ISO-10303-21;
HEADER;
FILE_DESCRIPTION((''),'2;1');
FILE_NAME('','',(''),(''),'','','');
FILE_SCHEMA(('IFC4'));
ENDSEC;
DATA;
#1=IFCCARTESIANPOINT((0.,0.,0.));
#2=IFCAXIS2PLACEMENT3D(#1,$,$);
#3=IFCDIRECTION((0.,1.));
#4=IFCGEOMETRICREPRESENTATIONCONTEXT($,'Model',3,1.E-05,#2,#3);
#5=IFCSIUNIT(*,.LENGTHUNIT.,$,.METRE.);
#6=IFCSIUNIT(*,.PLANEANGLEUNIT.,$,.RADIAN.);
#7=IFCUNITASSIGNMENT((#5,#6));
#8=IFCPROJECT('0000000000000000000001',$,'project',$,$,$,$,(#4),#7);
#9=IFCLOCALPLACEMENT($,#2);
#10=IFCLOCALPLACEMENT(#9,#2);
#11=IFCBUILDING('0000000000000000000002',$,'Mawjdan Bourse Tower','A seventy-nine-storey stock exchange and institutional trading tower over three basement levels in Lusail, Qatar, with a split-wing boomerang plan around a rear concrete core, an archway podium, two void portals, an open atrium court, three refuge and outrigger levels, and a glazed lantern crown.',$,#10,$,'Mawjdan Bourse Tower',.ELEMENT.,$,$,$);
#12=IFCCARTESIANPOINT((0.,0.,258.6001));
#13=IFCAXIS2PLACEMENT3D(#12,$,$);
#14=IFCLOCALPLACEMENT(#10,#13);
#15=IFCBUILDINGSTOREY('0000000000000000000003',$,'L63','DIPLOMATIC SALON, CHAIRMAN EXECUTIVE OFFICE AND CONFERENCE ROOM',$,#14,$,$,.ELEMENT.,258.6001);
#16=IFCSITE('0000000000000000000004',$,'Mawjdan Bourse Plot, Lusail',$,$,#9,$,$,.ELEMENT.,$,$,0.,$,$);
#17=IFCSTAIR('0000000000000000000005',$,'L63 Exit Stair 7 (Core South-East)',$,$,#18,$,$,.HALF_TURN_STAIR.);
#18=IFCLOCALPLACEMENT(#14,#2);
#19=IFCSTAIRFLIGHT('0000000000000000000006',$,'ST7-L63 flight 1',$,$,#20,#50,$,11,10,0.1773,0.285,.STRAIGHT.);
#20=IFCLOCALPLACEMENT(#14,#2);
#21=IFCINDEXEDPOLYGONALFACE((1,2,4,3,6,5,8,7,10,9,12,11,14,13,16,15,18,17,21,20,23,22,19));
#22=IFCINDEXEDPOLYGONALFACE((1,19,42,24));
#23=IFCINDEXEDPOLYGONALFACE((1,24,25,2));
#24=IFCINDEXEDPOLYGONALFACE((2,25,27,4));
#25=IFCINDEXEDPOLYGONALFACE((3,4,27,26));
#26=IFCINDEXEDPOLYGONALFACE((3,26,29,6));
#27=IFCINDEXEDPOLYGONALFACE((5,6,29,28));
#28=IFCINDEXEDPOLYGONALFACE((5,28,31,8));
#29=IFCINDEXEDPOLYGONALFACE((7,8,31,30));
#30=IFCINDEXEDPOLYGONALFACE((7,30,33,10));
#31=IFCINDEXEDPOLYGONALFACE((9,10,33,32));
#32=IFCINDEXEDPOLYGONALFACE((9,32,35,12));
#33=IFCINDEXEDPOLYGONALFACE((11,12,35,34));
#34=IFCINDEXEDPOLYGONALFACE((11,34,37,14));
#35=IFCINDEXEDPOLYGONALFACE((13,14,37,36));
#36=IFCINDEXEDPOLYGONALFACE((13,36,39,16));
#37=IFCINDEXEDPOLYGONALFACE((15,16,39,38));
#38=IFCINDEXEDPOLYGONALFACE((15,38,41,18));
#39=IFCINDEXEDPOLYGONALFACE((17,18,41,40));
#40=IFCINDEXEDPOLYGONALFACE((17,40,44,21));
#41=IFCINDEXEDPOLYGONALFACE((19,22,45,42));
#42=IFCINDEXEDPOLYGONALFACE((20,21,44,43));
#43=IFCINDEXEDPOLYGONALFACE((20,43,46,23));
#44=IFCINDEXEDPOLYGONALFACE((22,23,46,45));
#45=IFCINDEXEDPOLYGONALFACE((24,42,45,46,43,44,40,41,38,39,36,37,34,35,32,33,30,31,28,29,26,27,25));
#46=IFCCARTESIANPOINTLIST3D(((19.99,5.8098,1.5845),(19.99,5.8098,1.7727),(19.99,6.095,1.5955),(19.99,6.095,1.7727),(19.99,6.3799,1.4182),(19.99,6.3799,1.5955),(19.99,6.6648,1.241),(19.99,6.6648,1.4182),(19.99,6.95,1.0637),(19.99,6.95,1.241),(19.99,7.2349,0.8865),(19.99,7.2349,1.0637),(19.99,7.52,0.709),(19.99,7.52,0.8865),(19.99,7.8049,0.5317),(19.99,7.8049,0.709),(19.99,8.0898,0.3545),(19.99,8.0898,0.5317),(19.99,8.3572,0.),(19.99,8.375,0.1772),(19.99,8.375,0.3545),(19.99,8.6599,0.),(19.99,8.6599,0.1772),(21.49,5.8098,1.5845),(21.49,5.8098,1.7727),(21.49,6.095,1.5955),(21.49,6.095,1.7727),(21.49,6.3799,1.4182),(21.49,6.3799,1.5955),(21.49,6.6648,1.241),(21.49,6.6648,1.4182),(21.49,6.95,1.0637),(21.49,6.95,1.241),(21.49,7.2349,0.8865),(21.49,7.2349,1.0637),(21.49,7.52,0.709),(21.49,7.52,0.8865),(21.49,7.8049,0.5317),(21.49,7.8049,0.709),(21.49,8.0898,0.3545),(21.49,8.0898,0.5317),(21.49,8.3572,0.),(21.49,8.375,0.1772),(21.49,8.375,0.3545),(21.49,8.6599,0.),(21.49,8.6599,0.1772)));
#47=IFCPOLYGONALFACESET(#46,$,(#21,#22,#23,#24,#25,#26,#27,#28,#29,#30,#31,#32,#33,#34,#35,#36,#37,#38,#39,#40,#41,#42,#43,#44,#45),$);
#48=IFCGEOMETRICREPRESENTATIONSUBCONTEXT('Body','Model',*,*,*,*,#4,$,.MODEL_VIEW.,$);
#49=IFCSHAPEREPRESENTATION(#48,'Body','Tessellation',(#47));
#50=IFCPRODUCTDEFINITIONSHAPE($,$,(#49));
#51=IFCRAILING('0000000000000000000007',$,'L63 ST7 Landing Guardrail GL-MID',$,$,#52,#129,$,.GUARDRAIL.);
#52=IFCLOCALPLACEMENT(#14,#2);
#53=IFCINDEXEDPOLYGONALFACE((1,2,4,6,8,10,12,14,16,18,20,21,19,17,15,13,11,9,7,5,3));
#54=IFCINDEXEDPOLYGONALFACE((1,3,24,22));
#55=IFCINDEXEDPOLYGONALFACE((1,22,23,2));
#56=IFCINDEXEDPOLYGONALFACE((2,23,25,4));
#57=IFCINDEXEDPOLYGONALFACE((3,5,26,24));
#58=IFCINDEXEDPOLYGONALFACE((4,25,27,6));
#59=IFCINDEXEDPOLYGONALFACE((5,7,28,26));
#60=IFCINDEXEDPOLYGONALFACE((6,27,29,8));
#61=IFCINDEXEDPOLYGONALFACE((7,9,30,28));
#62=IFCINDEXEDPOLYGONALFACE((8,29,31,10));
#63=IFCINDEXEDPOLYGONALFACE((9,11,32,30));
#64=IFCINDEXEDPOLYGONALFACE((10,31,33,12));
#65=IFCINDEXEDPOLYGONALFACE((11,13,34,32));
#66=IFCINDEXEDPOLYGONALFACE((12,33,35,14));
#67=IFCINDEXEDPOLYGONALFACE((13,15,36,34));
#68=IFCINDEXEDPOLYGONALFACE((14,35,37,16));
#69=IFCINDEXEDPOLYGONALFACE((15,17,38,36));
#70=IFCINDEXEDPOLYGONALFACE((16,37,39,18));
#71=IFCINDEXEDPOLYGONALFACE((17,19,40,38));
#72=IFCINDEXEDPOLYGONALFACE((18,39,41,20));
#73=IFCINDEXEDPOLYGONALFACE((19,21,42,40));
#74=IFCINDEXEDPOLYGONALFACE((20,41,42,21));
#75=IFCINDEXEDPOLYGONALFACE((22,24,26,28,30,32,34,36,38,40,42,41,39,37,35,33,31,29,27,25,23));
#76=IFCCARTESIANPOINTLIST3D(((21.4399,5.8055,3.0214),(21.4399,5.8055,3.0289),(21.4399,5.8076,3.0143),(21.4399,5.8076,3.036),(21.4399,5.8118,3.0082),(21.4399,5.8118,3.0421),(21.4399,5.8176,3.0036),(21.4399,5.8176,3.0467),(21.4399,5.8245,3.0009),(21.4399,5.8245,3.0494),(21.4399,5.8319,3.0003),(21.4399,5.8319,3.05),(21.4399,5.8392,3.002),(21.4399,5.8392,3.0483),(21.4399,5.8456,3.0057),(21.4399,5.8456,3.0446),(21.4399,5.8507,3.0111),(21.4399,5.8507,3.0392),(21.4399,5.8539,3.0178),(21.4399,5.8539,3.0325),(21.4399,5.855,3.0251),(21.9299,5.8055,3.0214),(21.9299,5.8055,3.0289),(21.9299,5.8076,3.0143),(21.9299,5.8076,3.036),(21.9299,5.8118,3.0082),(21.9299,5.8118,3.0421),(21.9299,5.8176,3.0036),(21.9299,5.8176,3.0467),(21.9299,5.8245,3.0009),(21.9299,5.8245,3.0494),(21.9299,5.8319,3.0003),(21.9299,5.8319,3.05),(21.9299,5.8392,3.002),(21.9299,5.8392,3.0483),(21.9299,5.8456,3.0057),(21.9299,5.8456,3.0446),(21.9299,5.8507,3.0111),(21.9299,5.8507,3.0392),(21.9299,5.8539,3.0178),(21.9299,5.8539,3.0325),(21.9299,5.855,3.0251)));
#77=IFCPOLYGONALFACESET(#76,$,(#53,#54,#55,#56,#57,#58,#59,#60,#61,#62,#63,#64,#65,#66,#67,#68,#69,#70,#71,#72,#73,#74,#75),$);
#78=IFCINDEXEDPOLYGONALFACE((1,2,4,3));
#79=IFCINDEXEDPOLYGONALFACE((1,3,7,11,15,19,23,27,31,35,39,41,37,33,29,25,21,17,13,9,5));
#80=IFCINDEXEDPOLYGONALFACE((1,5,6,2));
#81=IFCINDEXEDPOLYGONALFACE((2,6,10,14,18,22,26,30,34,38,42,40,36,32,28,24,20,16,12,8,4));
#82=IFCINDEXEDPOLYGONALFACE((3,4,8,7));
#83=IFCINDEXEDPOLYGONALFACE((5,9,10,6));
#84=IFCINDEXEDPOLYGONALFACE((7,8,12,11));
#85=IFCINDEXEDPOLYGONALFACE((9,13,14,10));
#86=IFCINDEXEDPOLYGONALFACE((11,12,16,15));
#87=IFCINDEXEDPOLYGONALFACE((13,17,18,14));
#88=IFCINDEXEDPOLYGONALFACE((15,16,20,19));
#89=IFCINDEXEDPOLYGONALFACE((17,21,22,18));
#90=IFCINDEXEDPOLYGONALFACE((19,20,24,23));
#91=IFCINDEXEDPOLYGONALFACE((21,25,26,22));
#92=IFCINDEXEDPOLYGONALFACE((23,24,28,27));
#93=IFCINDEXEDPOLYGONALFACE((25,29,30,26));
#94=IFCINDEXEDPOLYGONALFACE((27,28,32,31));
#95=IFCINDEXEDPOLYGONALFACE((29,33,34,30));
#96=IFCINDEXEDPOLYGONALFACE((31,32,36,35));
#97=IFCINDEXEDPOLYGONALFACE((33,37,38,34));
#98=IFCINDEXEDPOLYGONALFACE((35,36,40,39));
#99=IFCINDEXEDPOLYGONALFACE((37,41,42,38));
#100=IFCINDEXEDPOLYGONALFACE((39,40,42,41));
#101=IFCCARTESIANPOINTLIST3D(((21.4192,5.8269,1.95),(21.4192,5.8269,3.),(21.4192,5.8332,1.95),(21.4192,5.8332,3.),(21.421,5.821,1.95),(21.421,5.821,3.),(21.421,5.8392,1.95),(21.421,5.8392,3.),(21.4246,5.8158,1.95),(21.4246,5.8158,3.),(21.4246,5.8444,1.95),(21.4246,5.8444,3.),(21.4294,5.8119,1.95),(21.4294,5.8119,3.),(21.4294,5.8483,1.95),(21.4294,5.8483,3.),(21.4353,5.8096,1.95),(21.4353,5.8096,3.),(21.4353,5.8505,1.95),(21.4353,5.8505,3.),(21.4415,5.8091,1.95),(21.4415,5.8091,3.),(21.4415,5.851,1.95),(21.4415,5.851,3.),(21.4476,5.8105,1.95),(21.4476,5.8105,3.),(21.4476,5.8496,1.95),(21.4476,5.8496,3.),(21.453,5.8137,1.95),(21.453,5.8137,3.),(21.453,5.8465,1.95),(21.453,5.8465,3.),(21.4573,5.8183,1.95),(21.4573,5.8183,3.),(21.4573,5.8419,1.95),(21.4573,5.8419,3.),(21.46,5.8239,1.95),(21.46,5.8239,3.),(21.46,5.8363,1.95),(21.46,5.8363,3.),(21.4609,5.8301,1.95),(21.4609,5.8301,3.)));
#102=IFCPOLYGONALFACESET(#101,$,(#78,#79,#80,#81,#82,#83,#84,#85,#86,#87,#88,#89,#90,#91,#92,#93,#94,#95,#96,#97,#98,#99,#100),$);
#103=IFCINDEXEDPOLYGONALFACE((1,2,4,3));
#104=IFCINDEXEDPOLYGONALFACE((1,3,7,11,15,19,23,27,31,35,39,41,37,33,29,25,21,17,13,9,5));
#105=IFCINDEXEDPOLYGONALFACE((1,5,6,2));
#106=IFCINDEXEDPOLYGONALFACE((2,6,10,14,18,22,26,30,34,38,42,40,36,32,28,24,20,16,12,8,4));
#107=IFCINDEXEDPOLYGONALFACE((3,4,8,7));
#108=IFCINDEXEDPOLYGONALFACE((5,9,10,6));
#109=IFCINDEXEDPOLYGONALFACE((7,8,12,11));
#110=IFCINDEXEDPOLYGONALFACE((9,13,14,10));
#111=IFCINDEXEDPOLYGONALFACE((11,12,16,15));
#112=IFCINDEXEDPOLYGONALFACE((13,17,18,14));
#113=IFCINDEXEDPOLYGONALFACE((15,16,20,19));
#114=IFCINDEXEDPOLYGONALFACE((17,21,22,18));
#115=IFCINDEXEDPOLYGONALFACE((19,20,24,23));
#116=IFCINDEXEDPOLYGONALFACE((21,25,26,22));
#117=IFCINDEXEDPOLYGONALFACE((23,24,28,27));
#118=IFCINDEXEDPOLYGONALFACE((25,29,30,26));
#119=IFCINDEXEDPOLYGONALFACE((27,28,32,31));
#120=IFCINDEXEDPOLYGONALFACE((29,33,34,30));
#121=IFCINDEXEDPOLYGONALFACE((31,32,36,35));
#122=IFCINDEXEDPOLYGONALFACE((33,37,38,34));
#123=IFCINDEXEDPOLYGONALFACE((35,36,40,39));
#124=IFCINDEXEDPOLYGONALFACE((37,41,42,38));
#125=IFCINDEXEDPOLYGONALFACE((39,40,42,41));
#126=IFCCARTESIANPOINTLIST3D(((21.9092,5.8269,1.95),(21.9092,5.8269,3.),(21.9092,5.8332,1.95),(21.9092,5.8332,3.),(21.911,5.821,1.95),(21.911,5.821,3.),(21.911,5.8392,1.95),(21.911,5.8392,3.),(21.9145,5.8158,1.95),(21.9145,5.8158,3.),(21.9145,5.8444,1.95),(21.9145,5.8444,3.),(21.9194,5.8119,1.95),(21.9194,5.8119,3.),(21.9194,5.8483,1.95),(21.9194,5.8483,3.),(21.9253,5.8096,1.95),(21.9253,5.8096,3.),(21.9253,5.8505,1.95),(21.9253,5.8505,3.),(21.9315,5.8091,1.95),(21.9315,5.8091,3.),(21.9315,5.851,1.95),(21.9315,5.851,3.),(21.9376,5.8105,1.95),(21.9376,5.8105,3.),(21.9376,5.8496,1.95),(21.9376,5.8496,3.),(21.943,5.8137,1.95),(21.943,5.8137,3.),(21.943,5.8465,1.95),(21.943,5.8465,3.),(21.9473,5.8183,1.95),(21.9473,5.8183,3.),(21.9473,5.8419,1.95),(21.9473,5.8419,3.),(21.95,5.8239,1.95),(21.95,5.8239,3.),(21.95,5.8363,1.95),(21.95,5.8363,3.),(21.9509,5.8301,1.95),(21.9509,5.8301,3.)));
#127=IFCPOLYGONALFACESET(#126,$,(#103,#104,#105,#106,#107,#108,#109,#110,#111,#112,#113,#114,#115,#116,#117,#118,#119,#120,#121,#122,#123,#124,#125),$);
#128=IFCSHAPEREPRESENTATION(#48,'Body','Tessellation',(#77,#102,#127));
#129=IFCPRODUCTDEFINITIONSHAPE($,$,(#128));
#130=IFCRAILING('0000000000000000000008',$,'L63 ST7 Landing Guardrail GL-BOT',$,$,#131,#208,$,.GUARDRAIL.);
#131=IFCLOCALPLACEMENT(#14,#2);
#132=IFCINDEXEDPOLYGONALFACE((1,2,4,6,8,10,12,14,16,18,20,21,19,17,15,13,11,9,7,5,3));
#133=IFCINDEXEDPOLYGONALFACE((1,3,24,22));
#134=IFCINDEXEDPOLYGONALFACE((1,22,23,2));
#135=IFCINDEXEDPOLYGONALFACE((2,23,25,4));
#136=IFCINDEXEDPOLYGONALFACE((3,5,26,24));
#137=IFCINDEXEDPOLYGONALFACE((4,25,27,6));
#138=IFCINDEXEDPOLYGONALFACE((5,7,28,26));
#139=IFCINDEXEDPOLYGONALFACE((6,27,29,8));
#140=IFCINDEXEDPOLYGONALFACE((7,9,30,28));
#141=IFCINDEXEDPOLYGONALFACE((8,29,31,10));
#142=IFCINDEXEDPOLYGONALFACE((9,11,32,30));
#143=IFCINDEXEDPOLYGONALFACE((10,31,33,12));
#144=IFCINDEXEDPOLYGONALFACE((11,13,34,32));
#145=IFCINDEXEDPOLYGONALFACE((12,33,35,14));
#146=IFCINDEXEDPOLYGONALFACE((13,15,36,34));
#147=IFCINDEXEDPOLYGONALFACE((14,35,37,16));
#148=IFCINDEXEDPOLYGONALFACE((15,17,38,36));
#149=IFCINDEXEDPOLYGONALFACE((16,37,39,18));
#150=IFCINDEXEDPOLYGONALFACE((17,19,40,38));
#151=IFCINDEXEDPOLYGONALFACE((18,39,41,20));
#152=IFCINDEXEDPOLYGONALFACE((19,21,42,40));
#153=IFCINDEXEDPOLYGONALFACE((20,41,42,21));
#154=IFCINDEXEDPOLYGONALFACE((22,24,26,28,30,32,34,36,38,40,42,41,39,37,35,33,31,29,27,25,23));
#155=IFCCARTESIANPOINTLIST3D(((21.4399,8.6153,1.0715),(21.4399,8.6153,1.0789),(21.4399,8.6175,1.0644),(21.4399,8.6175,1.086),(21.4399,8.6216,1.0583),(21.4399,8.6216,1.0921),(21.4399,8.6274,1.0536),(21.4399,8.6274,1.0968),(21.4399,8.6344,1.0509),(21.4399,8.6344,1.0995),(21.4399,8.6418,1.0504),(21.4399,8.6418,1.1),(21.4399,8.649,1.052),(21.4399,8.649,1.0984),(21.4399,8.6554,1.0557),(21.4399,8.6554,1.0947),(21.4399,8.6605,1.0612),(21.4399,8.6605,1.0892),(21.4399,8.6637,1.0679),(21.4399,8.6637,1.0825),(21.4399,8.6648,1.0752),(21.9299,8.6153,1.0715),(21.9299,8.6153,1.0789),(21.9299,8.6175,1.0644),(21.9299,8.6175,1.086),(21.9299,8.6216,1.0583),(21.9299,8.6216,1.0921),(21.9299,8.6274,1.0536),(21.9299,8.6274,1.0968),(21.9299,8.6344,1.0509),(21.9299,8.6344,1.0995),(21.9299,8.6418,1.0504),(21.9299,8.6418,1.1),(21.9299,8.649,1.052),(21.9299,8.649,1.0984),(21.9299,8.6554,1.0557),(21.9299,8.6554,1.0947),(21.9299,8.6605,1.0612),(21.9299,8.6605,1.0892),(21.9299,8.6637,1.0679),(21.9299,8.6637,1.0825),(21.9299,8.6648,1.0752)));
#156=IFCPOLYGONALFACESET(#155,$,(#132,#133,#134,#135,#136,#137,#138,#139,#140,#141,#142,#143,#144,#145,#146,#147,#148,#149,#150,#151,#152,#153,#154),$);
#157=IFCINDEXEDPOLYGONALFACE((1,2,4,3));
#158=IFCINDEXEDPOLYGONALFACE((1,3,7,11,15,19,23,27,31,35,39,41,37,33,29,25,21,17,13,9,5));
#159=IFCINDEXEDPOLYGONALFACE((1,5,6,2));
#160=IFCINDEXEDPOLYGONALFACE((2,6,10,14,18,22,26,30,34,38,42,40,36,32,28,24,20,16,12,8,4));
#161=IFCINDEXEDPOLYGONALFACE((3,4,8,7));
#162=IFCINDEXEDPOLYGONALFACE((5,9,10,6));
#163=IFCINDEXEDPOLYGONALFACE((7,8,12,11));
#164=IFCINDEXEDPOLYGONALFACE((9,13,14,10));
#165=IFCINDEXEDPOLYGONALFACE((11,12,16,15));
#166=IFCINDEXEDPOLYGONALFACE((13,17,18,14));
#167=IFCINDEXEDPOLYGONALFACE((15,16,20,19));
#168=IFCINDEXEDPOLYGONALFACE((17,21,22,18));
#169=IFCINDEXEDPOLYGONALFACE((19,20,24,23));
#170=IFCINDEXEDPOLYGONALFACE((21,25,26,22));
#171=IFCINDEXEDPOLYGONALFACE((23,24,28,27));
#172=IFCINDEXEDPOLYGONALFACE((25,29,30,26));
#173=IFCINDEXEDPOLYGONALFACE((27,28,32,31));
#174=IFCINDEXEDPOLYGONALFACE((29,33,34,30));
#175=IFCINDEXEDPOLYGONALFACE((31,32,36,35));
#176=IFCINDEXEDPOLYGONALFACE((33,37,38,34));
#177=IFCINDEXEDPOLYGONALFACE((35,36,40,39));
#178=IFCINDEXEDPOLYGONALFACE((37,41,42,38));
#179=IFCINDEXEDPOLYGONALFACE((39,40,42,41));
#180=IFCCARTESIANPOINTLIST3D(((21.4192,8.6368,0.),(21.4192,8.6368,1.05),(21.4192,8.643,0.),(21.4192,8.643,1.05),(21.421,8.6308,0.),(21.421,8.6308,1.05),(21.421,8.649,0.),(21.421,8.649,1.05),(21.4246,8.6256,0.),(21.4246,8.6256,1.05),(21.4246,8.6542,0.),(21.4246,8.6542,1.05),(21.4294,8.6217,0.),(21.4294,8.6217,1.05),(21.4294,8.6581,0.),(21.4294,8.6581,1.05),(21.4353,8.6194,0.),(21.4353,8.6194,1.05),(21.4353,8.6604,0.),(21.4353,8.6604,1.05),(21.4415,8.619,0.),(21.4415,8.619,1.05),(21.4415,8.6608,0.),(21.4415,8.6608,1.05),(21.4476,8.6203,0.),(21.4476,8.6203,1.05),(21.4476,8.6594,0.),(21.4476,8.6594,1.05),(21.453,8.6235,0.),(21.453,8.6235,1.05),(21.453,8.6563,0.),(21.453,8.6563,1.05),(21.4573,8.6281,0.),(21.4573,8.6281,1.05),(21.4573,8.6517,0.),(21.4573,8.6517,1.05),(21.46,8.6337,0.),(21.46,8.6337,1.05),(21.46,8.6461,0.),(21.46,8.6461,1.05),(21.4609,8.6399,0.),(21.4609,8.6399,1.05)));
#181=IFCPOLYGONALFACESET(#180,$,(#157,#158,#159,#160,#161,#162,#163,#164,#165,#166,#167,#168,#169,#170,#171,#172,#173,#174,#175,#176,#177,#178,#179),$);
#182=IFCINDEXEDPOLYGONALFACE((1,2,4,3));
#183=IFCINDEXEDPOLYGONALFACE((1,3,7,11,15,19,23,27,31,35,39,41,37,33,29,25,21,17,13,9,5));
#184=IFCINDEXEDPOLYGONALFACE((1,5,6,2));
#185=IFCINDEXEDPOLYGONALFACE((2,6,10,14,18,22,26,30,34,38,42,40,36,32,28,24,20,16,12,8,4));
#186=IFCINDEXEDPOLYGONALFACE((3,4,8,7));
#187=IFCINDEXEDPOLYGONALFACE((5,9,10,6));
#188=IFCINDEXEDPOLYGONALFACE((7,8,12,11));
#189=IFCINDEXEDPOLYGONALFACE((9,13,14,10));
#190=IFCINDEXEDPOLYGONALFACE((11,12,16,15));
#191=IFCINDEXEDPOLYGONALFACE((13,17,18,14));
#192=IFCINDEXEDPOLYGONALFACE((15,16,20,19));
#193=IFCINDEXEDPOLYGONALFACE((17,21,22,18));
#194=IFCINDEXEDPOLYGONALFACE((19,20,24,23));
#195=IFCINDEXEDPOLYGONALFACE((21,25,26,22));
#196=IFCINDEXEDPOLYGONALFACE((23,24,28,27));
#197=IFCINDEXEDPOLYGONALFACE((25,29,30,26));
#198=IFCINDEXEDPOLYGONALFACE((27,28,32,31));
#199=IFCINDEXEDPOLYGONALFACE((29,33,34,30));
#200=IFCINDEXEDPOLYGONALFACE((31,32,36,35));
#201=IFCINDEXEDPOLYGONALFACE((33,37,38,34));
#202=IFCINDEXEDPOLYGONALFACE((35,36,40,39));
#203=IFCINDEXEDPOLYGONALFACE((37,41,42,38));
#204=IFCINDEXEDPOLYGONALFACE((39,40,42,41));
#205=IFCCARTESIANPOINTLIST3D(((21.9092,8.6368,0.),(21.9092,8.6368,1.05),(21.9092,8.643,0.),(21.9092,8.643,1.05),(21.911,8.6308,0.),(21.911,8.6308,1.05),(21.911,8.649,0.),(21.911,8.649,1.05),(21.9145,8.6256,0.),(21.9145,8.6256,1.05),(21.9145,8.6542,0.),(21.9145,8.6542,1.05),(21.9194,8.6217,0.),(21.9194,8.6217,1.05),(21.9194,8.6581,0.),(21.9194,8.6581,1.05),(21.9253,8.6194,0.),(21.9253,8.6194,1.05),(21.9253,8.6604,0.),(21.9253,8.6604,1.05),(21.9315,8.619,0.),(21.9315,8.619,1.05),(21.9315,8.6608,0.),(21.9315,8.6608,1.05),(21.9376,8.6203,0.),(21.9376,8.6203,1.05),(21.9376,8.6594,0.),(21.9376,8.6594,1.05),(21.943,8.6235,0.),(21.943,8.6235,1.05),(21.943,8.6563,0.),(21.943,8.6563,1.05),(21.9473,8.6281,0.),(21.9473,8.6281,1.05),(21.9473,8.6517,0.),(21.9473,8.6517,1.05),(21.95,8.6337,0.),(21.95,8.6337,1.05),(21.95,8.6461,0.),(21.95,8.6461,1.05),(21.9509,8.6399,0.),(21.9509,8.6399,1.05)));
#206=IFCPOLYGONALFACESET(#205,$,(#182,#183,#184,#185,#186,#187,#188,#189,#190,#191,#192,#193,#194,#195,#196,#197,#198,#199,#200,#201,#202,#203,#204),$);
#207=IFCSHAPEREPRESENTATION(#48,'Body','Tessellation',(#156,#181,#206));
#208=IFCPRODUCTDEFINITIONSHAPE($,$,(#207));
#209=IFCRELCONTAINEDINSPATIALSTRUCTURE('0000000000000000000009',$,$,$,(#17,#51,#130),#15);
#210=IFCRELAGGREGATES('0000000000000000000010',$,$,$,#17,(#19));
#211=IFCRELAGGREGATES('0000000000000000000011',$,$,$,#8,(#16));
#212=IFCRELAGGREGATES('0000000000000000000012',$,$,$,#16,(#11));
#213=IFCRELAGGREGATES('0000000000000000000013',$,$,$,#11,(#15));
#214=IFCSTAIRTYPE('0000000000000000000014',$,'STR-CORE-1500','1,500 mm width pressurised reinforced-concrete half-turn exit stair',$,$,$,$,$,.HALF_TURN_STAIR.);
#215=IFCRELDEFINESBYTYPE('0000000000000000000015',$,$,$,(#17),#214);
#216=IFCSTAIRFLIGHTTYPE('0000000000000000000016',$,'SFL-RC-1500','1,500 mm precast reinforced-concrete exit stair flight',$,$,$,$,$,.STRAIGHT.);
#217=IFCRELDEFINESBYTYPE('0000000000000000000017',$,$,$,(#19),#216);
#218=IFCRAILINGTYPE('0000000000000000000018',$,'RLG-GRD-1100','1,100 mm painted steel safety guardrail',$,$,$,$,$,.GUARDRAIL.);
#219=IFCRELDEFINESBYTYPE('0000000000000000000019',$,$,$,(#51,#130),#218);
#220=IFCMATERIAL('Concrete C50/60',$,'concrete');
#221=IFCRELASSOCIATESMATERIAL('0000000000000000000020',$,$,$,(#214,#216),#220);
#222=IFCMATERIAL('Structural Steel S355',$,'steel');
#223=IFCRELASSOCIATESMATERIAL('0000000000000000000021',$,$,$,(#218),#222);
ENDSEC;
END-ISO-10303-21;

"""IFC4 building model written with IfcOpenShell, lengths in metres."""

from ifc_helpers import new_model, si_unit, direction, frame, origin, origin_2d, place, context, subcontext, project, spatial, polyline, circle, outline, extrude, material, type_object, element, aggregate, save


model = new_model("IFC4")

# Units and contexts
model_context = context("Model", 3, precision=1e-05, world=origin(), true_north=direction((0.0, 1.0)))
body_context = subcontext(model_context, "Body", "Model", "MODEL_VIEW")
ifc_project = project(units=[si_unit("LENGTHUNIT", "METRE"), si_unit("PLANEANGLEUNIT", "RADIAN")], contexts=[model_context])

# Site, building, storey
site_placement = place(None, origin())
site = spatial("IfcSite", under=ifc_project, at=site_placement, Name="Mawjdan Bourse Plot, Lusail", CompositionType="ELEMENT", RefElevation=0.0)
building_placement = place(site_placement, origin())
building = spatial("IfcBuilding", under=site, at=building_placement, Name="Mawjdan Bourse Tower", Description="A seventy-nine-storey stock exchange and institutional trading tower over three basement levels in Lusail, Qatar, with a split-wing boomerang plan around a rear concrete core, an archway podium, two void portals, an open atrium court, three refuge and outrigger levels, and a glazed lantern crown.", LongName="Mawjdan Bourse Tower", CompositionType="ELEMENT")
storey_placement = place(building_placement, frame((0.0, 0.0, 258.6001)))
storey = spatial("IfcBuildingStorey", under=building, at=storey_placement, Name="L63", Description="DIPLOMATIC SALON, CHAIRMAN EXECUTIVE OFFICE AND CONFERENCE ROOM", CompositionType="ELEMENT", Elevation=258.6001)

# Shared definitions
ifc_material_1 = material(Name="Structural Steel S355", Category="steel")

# Shared definitions
ifc_material_2 = material(Name="Concrete C50/60", Category="concrete")

# Stair, stair flight
stair_type = type_object("IfcStairType", Name="STR-CORE-1500", Description="1,500 mm width pressurised reinforced-concrete half-turn exit stair", PredefinedType="HALF_TURN_STAIR", material=ifc_material_2)
stair_placement = place(storey_placement, origin())
stair = element("IfcStair", 1, at=stair_placement, inside=storey, type_object=stair_type, Name="L63 Exit Stair 7 (Core South-East)", PredefinedType="HALF_TURN_STAIR")
stair_flight_type = type_object("IfcStairFlightType", Name="SFL-RC-1500", Description="1,500 mm precast reinforced-concrete exit stair flight", PredefinedType="STRAIGHT", material=ifc_material_2)
stair_flight_placement = place(storey_placement, frame((20.74, 8.6599, 0.0), z_axis=(0.0, 0.0, 1.0), x_axis=(0.0, -1.0, 0.0)))
stair_flight = element("IfcStairFlight", 2, at=stair_flight_placement, type_object=stair_flight_type, Name="ST7-L63 flight 1", NumberOfRisers=11, NumberOfTreads=10, PredefinedType="STRAIGHT", RiserHeight=0.1773, TreadLength=0.285, context=body_context, shape_type="SweptSolid", body=[
    extrude(outline(polyline([(0.0, 0.0), (0.0, 0.1772), (0.2849, 0.1772), (0.2849, 0.3545), (0.5701, 0.3545), (0.5701, 0.5317), (0.855, 0.5317), (0.855, 0.709), (1.1399, 0.709), (1.1399, 0.8865), (1.425, 0.8865), (1.425, 1.0637), (1.71, 1.0637), (1.71, 1.241), (1.9951, 1.241), (1.9951, 1.4182), (2.28, 1.4182), (2.28, 1.5955), (2.5649, 1.5955), (2.5649, 1.7727), (2.8501, 1.7727), (2.8501, 1.95), (2.8501, 1.5845), (0.3027, 0.0), (0.0, 0.0)])), frame((0.0, 0.75, 0.0), z_axis=(0.0, -1.0, 0.0), x_axis=(1.0, 0.0, 0.0)), (0.0, 0.0, 1.0), 1.5),
])
aggregate(stair, [stair_flight])

# Railings
railing_type = type_object("IfcRailingType", Name="RLG-GRD-1100", Description="1,100 mm painted steel safety guardrail", PredefinedType="GUARDRAIL", material=ifc_material_1)
for number, where, name in (
    (3, (21.4399, 5.8301, 1.95), "L63 ST7 Landing Guardrail GL-MID"),
    (4, (21.4399, 8.6399, 0.0), "L63 ST7 Landing Guardrail GL-BOT"),
):
    element("IfcRailing", number, at=place(storey_placement, frame(where)), inside=storey, type_object=railing_type, Name=name, PredefinedType="GUARDRAIL", context=body_context, shape_type="SweptSolid", body=[
        extrude(circle(Radius=0.0249, at=origin_2d()), frame((0.0, 0.0, 1.0752), z_axis=(1.0, 0.0, 0.0), x_axis=(0.0, 1.0, 0.0)), (0.0, 0.0, 1.0), 0.49),
        extrude(circle(Radius=0.021, at=origin_2d()), origin(), (0.0, 0.0, 1.0), 1.05),
        extrude(circle(Radius=0.021, at=origin_2d()), frame((0.49, 0.0, 0.0)), (0.0, 0.0, 1.0), 1.05),
    ])

save(model, "model.ifc")
